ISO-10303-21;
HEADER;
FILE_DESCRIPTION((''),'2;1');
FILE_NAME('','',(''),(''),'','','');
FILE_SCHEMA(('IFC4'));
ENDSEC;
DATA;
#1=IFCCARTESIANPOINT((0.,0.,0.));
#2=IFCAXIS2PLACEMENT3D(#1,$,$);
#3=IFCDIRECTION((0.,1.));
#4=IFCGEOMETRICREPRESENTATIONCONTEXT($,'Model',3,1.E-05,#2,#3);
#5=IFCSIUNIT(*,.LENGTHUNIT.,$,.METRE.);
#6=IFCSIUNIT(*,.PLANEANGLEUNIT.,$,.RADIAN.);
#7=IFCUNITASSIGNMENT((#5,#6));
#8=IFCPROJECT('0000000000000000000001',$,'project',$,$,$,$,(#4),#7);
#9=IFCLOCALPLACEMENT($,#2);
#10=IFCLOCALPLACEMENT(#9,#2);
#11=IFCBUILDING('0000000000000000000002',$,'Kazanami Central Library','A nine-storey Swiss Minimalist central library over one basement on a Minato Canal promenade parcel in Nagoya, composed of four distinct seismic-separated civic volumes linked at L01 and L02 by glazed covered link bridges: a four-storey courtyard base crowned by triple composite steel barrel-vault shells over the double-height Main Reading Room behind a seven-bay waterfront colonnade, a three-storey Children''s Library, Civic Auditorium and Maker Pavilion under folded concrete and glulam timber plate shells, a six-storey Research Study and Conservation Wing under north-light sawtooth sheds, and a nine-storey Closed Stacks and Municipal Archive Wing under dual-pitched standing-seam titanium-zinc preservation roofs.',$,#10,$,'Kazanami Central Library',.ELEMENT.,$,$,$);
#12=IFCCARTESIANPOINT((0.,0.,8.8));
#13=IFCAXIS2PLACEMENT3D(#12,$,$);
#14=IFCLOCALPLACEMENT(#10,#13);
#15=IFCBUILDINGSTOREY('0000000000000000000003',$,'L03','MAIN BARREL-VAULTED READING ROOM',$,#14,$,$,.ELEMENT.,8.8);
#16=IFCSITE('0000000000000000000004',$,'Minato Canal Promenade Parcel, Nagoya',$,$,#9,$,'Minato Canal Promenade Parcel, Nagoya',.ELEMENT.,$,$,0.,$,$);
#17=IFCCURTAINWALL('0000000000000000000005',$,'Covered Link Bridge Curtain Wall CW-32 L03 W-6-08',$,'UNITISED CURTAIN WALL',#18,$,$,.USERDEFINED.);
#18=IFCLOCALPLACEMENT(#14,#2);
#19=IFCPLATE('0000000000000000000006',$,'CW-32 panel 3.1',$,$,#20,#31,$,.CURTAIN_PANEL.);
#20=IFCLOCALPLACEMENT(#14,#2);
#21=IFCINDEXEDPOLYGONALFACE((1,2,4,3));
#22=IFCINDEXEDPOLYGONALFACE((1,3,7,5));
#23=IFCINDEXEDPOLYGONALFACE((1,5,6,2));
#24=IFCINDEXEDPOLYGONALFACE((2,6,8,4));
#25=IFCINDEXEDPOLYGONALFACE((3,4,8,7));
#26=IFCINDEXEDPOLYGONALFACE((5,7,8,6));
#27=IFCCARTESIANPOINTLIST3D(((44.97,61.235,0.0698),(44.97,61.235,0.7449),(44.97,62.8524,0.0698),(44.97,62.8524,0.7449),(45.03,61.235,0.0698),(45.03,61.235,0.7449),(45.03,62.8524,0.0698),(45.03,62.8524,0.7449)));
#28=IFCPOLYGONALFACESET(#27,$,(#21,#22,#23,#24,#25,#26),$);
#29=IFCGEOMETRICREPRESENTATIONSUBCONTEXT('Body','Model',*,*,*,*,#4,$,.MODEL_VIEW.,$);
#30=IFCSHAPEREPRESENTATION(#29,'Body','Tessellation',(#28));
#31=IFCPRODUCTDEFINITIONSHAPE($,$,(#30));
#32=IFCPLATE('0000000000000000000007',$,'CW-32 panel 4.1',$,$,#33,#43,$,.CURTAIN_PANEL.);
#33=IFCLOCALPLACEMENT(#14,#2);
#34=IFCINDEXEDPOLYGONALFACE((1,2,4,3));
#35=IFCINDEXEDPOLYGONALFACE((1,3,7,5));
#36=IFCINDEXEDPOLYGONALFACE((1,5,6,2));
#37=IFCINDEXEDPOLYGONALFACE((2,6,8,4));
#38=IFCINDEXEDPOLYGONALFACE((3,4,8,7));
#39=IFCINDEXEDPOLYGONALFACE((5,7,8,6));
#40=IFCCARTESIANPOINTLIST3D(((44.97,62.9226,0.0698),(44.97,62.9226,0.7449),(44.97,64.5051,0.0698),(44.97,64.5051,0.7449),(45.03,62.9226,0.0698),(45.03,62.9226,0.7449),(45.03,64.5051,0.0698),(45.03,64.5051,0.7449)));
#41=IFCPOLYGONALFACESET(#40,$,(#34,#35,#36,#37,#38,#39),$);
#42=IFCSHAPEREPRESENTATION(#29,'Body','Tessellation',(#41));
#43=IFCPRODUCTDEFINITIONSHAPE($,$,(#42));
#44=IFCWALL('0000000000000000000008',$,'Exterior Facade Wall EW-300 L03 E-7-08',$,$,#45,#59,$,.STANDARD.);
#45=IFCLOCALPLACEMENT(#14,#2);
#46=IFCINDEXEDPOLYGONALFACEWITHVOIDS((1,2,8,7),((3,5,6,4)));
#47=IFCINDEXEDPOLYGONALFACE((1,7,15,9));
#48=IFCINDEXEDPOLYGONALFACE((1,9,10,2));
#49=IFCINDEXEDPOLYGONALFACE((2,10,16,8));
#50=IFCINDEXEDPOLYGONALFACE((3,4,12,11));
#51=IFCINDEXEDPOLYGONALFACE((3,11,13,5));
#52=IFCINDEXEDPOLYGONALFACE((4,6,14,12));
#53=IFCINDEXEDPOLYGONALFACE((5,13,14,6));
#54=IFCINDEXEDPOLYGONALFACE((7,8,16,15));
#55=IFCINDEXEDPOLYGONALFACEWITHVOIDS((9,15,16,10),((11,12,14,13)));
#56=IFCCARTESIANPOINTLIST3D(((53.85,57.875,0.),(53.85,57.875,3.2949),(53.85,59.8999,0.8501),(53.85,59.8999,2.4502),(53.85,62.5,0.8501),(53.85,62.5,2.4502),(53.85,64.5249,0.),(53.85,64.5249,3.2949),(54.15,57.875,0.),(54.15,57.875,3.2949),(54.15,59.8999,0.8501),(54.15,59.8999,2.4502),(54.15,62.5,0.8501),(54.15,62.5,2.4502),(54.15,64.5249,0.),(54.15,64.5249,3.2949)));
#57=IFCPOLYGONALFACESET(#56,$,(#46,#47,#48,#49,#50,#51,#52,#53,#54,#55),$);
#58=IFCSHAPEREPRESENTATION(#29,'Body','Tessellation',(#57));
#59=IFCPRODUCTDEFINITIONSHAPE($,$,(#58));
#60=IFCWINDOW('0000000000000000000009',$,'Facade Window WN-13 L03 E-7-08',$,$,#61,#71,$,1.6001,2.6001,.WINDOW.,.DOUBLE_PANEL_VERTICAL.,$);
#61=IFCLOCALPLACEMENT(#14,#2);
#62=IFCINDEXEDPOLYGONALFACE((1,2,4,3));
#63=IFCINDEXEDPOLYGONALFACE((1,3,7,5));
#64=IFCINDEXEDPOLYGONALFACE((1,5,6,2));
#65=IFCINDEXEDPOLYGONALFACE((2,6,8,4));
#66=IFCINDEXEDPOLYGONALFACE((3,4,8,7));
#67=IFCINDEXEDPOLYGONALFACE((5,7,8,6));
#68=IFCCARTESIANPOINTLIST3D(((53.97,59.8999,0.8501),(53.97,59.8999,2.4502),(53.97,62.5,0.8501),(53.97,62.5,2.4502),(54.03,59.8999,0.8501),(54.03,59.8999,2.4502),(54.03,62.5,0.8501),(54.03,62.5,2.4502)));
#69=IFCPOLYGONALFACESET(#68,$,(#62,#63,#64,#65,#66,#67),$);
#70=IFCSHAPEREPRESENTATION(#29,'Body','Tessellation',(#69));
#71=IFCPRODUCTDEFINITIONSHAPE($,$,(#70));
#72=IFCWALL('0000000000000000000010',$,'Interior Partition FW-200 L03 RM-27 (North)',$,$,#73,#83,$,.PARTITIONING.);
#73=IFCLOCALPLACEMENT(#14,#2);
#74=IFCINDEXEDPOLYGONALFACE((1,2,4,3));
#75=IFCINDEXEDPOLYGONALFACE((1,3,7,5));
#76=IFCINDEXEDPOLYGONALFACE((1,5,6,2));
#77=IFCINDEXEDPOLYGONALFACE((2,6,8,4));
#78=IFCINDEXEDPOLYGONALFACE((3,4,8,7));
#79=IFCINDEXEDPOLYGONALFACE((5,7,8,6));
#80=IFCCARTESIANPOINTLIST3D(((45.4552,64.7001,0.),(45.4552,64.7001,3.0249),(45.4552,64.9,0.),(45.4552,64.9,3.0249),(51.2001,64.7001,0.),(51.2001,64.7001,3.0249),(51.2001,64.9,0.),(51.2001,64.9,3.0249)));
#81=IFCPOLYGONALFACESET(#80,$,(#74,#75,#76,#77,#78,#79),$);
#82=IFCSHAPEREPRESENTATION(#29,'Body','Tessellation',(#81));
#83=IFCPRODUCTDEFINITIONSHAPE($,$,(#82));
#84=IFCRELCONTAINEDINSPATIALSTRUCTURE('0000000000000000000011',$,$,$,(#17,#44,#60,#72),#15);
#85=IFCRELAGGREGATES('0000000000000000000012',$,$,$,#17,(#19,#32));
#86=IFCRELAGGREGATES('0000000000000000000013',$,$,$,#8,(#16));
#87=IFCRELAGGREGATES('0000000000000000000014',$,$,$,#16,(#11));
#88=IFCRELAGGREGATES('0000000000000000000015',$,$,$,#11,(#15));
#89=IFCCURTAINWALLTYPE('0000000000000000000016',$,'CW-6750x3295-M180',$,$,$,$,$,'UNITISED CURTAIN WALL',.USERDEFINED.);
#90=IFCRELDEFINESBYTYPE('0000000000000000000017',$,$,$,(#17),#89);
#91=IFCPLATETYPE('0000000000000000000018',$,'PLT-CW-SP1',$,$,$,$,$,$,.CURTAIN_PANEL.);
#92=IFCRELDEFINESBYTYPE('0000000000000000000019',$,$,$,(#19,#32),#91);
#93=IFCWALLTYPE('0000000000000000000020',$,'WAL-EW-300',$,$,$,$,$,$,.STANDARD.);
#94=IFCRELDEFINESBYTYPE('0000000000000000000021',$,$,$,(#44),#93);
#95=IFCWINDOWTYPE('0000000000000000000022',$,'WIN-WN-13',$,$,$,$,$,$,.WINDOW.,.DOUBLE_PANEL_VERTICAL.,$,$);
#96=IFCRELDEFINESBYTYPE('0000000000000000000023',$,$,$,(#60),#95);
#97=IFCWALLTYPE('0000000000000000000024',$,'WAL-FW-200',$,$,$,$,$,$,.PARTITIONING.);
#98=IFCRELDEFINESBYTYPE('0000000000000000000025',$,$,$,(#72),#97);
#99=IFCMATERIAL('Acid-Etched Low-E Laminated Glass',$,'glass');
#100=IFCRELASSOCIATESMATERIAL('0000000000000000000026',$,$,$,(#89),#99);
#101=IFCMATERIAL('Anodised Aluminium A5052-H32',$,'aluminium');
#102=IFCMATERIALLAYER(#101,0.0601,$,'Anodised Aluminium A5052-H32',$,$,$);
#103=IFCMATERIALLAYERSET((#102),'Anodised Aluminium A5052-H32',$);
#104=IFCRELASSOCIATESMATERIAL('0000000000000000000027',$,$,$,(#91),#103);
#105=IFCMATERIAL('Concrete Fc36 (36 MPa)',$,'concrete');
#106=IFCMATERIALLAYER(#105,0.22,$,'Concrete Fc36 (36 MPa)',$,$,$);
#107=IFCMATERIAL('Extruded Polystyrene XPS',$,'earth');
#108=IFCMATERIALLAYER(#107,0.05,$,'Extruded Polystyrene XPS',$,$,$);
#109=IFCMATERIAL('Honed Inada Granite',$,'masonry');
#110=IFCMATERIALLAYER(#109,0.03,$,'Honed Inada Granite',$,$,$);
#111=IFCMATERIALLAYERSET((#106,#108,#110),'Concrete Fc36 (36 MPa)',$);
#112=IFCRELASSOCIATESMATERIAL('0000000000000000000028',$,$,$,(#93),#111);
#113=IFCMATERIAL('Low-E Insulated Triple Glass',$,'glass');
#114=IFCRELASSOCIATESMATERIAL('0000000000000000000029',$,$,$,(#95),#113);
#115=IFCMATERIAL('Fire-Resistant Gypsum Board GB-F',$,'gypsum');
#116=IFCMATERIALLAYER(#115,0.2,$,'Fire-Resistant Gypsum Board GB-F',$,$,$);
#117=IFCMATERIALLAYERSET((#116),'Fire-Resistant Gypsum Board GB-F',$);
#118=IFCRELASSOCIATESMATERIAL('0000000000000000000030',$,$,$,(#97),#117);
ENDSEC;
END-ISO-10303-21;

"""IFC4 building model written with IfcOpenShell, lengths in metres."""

from ifc_helpers import new_model, si_unit, direction, frame, frame_2d, origin, origin_2d, place, context, subcontext, project, spatial, rectangle, extrude, material, layer, layer_set, type_object, element, fill, aggregate, save


model = new_model("IFC4")

# Units and contexts
model_context = context("Model", 3, precision=1e-05, world=origin(), true_north=direction((0.0, 1.0)))
body_context = subcontext(model_context, "Body", "Model", "MODEL_VIEW")
ifc_project = project(units=[si_unit("LENGTHUNIT", "METRE"), si_unit("PLANEANGLEUNIT", "RADIAN")], contexts=[model_context])

# Site, building, storey
site_placement = place(None, origin())
site = spatial("IfcSite", under=ifc_project, at=site_placement, Name="Minato Canal Promenade Parcel, Nagoya", LongName="Minato Canal Promenade Parcel, Nagoya", CompositionType="ELEMENT", RefElevation=0.0)
building_placement = place(site_placement, origin())
building = spatial("IfcBuilding", under=site, at=building_placement, Name="Kazanami Central Library", Description="A nine-storey Swiss Minimalist central library over one basement on a Minato Canal promenade parcel in Nagoya, composed of four distinct seismic-separated civic volumes linked at L01 and L02 by glazed covered link bridges: a four-storey courtyard base crowned by triple composite steel barrel-vault shells over the double-height Main Reading Room behind a seven-bay waterfront colonnade, a three-storey Children's Library, Civic Auditorium and Maker Pavilion under folded concrete and glulam timber plate shells, a six-storey Research Study and Conservation Wing under north-light sawtooth sheds, and a nine-storey Closed Stacks and Municipal Archive Wing under dual-pitched standing-seam titanium-zinc preservation roofs.", LongName="Kazanami Central Library", CompositionType="ELEMENT")
storey_placement = place(building_placement, frame((0.0, 0.0, 8.8)))
storey = spatial("IfcBuildingStorey", under=building, at=storey_placement, Name="L03", Description="MAIN BARREL-VAULTED READING ROOM", CompositionType="ELEMENT", Elevation=8.8)

# Shared definitions
ifc_material_1 = material(Name="Acid-Etched Low-E Laminated Glass", Category="glass")

# Curtain wall
curtain_wall_type_1 = type_object("IfcCurtainWallType", Name="CW-6750x3295-M180", ElementType="UNITISED CURTAIN WALL", PredefinedType="USERDEFINED", material=ifc_material_1)
curtain_wall_1_placement = place(storey_placement, origin())
curtain_wall_1 = element("IfcCurtainWall", 1, at=curtain_wall_1_placement, inside=storey, type_object=curtain_wall_type_1, Name="Covered Link Bridge Curtain Wall CW-32 L03 W-6-08", ObjectType="UNITISED CURTAIN WALL", PredefinedType="USERDEFINED")

# Plates
ifc_material_2 = material(Name="Low-E Insulated Triple Glass", Category="glass")
ifc_material_3 = material(Name="Anodised Aluminium A5052-H32", Category="aluminium")
ifc_layer_1 = layer(ifc_material_3, 0.0601, Name="Anodised Aluminium A5052-H32")
ifc_layer_set_1 = layer_set([ifc_layer_1], Name="Anodised Aluminium A5052-H32")
plate_type_1 = type_object("IfcPlateType", Name="PLT-CW-SP1", PredefinedType="CURTAIN_PANEL", material=ifc_layer_set_1)
plate_1_placement = place(storey_placement, frame((45.0, 62.0437, 0.0698), z_axis=(0.0, 0.0, 1.0), x_axis=(0.0, 1.0, 0.0)))
plate_1 = element("IfcPlate", 2, at=plate_1_placement, type_object=plate_type_1, Name="CW-32 panel 3.1", PredefinedType="CURTAIN_PANEL", context=body_context, shape_type="SweptSolid", body=[
    extrude(rectangle(XDim=1.6174, YDim=0.0601, at=origin_2d()), origin(), (0.0, 0.0, 1.0), 0.675),
])
plate_2_placement = place(storey_placement, frame((45.0, 63.7139, 0.0698), z_axis=(0.0, 0.0, 1.0), x_axis=(0.0, 1.0, 0.0)))
plate_2 = element("IfcPlate", 3, at=plate_2_placement, type_object=plate_type_1, Name="CW-32 panel 4.1", PredefinedType="CURTAIN_PANEL", context=body_context, shape_type="SweptSolid", body=[
    extrude(rectangle(XDim=1.5825, YDim=0.0601, at=origin_2d()), origin(), (0.0, 0.0, 1.0), 0.675),
])
aggregate(curtain_wall_1, [plate_1, plate_2])

# Wall, opening, window
ifc_material_4 = material(Name="Concrete Fc36 (36 MPa)", Category="concrete")
ifc_layer_2 = layer(ifc_material_4, 0.22, Name="Concrete Fc36 (36 MPa)")
ifc_material_5 = material(Name="Extruded Polystyrene XPS", Category="earth")
ifc_layer_3 = layer(ifc_material_5, 0.05, Name="Extruded Polystyrene XPS")
ifc_material_6 = material(Name="Honed Inada Granite", Category="masonry")
ifc_layer_4 = layer(ifc_material_6, 0.03, Name="Honed Inada Granite")
ifc_layer_set_2 = layer_set([ifc_layer_2, ifc_layer_3, ifc_layer_4], Name="Concrete Fc36 (36 MPa)")
wall_type_1 = type_object("IfcWallType", Name="WAL-EW-300", PredefinedType="STANDARD", material=ifc_layer_set_2)
wall_1_placement = place(storey_placement, frame((54.0, 64.5249, 0.0), z_axis=(0.0, 0.0, 1.0), x_axis=(0.0, -1.0, 0.0)))
wall_1 = element("IfcWall", 4, at=wall_1_placement, inside=storey, type_object=wall_type_1, Name="Exterior Facade Wall EW-300 L03 E-7-08", PredefinedType="STANDARD", context=body_context, shape_type="SweptSolid", body=[
    extrude(rectangle(XDim=6.6499, YDim=0.3, at=frame_2d((3.325, 0.0))), origin(), (0.0, 0.0, 1.0), 3.2949),
])
opening_placement = place(wall_1_placement, frame((2.0249, 0.0, 0.8501)))
opening = element("IfcOpeningElement", 5, at=opening_placement, cuts=wall_1, PredefinedType="OPENING", context=body_context, shape_type="SweptSolid", body=[
    extrude(rectangle(XDim=2.6001, YDim=1.6001, at=frame_2d((1.3, 0.8))), frame((0.0, 0.1621, 0.0), z_axis=(0.0, -1.0, 0.0), x_axis=(1.0, 0.0, 0.0)), (0.0, 0.0, 1.0), 0.324),
])
window_type = type_object("IfcWindowType", Name="WIN-WN-13", PartitioningType="DOUBLE_PANEL_VERTICAL", PredefinedType="WINDOW", material=ifc_material_2)
window_placement = place(opening_placement, origin())
window = element("IfcWindow", 6, at=window_placement, inside=storey, type_object=window_type, Name="Facade Window WN-13 L03 E-7-08", OverallHeight=1.6001, OverallWidth=2.6001, PartitioningType="DOUBLE_PANEL_VERTICAL", PredefinedType="WINDOW", context=body_context, shape_type="SweptSolid", body=[
    extrude(rectangle(XDim=2.6001, YDim=1.6001, at=frame_2d((1.3, 0.8))), frame((0.0, 0.03, 0.0), z_axis=(0.0, -1.0, 0.0), x_axis=(1.0, 0.0, 0.0)), (0.0, 0.0, 1.0), 0.0601),
])
fill(opening, window)

# Wall
ifc_material_7 = material(Name="Fire-Resistant Gypsum Board GB-F", Category="gypsum")
ifc_layer_5 = layer(ifc_material_7, 0.2, Name="Fire-Resistant Gypsum Board GB-F")
ifc_layer_set_3 = layer_set([ifc_layer_5], Name="Fire-Resistant Gypsum Board GB-F")
wall_type_2 = type_object("IfcWallType", Name="WAL-FW-200", PredefinedType="PARTITIONING", material=ifc_layer_set_3)
wall_2_placement = place(storey_placement, frame((45.4551, 64.8, 0.0), z_axis=(0.0, 0.0, 1.0), x_axis=(1.0, 0.0, 0.0)))
element("IfcWall", 7, at=wall_2_placement, inside=storey, type_object=wall_type_2, Name="Interior Partition FW-200 L03 RM-27 (North)", PredefinedType="PARTITIONING", context=body_context, shape_type="SweptSolid", body=[
    extrude(rectangle(XDim=5.7449, YDim=0.2, at=frame_2d((2.8726, 0.0))), origin(), (0.0, 0.0, 1.0), 3.0249),
])

save(model, "model.ifc")
